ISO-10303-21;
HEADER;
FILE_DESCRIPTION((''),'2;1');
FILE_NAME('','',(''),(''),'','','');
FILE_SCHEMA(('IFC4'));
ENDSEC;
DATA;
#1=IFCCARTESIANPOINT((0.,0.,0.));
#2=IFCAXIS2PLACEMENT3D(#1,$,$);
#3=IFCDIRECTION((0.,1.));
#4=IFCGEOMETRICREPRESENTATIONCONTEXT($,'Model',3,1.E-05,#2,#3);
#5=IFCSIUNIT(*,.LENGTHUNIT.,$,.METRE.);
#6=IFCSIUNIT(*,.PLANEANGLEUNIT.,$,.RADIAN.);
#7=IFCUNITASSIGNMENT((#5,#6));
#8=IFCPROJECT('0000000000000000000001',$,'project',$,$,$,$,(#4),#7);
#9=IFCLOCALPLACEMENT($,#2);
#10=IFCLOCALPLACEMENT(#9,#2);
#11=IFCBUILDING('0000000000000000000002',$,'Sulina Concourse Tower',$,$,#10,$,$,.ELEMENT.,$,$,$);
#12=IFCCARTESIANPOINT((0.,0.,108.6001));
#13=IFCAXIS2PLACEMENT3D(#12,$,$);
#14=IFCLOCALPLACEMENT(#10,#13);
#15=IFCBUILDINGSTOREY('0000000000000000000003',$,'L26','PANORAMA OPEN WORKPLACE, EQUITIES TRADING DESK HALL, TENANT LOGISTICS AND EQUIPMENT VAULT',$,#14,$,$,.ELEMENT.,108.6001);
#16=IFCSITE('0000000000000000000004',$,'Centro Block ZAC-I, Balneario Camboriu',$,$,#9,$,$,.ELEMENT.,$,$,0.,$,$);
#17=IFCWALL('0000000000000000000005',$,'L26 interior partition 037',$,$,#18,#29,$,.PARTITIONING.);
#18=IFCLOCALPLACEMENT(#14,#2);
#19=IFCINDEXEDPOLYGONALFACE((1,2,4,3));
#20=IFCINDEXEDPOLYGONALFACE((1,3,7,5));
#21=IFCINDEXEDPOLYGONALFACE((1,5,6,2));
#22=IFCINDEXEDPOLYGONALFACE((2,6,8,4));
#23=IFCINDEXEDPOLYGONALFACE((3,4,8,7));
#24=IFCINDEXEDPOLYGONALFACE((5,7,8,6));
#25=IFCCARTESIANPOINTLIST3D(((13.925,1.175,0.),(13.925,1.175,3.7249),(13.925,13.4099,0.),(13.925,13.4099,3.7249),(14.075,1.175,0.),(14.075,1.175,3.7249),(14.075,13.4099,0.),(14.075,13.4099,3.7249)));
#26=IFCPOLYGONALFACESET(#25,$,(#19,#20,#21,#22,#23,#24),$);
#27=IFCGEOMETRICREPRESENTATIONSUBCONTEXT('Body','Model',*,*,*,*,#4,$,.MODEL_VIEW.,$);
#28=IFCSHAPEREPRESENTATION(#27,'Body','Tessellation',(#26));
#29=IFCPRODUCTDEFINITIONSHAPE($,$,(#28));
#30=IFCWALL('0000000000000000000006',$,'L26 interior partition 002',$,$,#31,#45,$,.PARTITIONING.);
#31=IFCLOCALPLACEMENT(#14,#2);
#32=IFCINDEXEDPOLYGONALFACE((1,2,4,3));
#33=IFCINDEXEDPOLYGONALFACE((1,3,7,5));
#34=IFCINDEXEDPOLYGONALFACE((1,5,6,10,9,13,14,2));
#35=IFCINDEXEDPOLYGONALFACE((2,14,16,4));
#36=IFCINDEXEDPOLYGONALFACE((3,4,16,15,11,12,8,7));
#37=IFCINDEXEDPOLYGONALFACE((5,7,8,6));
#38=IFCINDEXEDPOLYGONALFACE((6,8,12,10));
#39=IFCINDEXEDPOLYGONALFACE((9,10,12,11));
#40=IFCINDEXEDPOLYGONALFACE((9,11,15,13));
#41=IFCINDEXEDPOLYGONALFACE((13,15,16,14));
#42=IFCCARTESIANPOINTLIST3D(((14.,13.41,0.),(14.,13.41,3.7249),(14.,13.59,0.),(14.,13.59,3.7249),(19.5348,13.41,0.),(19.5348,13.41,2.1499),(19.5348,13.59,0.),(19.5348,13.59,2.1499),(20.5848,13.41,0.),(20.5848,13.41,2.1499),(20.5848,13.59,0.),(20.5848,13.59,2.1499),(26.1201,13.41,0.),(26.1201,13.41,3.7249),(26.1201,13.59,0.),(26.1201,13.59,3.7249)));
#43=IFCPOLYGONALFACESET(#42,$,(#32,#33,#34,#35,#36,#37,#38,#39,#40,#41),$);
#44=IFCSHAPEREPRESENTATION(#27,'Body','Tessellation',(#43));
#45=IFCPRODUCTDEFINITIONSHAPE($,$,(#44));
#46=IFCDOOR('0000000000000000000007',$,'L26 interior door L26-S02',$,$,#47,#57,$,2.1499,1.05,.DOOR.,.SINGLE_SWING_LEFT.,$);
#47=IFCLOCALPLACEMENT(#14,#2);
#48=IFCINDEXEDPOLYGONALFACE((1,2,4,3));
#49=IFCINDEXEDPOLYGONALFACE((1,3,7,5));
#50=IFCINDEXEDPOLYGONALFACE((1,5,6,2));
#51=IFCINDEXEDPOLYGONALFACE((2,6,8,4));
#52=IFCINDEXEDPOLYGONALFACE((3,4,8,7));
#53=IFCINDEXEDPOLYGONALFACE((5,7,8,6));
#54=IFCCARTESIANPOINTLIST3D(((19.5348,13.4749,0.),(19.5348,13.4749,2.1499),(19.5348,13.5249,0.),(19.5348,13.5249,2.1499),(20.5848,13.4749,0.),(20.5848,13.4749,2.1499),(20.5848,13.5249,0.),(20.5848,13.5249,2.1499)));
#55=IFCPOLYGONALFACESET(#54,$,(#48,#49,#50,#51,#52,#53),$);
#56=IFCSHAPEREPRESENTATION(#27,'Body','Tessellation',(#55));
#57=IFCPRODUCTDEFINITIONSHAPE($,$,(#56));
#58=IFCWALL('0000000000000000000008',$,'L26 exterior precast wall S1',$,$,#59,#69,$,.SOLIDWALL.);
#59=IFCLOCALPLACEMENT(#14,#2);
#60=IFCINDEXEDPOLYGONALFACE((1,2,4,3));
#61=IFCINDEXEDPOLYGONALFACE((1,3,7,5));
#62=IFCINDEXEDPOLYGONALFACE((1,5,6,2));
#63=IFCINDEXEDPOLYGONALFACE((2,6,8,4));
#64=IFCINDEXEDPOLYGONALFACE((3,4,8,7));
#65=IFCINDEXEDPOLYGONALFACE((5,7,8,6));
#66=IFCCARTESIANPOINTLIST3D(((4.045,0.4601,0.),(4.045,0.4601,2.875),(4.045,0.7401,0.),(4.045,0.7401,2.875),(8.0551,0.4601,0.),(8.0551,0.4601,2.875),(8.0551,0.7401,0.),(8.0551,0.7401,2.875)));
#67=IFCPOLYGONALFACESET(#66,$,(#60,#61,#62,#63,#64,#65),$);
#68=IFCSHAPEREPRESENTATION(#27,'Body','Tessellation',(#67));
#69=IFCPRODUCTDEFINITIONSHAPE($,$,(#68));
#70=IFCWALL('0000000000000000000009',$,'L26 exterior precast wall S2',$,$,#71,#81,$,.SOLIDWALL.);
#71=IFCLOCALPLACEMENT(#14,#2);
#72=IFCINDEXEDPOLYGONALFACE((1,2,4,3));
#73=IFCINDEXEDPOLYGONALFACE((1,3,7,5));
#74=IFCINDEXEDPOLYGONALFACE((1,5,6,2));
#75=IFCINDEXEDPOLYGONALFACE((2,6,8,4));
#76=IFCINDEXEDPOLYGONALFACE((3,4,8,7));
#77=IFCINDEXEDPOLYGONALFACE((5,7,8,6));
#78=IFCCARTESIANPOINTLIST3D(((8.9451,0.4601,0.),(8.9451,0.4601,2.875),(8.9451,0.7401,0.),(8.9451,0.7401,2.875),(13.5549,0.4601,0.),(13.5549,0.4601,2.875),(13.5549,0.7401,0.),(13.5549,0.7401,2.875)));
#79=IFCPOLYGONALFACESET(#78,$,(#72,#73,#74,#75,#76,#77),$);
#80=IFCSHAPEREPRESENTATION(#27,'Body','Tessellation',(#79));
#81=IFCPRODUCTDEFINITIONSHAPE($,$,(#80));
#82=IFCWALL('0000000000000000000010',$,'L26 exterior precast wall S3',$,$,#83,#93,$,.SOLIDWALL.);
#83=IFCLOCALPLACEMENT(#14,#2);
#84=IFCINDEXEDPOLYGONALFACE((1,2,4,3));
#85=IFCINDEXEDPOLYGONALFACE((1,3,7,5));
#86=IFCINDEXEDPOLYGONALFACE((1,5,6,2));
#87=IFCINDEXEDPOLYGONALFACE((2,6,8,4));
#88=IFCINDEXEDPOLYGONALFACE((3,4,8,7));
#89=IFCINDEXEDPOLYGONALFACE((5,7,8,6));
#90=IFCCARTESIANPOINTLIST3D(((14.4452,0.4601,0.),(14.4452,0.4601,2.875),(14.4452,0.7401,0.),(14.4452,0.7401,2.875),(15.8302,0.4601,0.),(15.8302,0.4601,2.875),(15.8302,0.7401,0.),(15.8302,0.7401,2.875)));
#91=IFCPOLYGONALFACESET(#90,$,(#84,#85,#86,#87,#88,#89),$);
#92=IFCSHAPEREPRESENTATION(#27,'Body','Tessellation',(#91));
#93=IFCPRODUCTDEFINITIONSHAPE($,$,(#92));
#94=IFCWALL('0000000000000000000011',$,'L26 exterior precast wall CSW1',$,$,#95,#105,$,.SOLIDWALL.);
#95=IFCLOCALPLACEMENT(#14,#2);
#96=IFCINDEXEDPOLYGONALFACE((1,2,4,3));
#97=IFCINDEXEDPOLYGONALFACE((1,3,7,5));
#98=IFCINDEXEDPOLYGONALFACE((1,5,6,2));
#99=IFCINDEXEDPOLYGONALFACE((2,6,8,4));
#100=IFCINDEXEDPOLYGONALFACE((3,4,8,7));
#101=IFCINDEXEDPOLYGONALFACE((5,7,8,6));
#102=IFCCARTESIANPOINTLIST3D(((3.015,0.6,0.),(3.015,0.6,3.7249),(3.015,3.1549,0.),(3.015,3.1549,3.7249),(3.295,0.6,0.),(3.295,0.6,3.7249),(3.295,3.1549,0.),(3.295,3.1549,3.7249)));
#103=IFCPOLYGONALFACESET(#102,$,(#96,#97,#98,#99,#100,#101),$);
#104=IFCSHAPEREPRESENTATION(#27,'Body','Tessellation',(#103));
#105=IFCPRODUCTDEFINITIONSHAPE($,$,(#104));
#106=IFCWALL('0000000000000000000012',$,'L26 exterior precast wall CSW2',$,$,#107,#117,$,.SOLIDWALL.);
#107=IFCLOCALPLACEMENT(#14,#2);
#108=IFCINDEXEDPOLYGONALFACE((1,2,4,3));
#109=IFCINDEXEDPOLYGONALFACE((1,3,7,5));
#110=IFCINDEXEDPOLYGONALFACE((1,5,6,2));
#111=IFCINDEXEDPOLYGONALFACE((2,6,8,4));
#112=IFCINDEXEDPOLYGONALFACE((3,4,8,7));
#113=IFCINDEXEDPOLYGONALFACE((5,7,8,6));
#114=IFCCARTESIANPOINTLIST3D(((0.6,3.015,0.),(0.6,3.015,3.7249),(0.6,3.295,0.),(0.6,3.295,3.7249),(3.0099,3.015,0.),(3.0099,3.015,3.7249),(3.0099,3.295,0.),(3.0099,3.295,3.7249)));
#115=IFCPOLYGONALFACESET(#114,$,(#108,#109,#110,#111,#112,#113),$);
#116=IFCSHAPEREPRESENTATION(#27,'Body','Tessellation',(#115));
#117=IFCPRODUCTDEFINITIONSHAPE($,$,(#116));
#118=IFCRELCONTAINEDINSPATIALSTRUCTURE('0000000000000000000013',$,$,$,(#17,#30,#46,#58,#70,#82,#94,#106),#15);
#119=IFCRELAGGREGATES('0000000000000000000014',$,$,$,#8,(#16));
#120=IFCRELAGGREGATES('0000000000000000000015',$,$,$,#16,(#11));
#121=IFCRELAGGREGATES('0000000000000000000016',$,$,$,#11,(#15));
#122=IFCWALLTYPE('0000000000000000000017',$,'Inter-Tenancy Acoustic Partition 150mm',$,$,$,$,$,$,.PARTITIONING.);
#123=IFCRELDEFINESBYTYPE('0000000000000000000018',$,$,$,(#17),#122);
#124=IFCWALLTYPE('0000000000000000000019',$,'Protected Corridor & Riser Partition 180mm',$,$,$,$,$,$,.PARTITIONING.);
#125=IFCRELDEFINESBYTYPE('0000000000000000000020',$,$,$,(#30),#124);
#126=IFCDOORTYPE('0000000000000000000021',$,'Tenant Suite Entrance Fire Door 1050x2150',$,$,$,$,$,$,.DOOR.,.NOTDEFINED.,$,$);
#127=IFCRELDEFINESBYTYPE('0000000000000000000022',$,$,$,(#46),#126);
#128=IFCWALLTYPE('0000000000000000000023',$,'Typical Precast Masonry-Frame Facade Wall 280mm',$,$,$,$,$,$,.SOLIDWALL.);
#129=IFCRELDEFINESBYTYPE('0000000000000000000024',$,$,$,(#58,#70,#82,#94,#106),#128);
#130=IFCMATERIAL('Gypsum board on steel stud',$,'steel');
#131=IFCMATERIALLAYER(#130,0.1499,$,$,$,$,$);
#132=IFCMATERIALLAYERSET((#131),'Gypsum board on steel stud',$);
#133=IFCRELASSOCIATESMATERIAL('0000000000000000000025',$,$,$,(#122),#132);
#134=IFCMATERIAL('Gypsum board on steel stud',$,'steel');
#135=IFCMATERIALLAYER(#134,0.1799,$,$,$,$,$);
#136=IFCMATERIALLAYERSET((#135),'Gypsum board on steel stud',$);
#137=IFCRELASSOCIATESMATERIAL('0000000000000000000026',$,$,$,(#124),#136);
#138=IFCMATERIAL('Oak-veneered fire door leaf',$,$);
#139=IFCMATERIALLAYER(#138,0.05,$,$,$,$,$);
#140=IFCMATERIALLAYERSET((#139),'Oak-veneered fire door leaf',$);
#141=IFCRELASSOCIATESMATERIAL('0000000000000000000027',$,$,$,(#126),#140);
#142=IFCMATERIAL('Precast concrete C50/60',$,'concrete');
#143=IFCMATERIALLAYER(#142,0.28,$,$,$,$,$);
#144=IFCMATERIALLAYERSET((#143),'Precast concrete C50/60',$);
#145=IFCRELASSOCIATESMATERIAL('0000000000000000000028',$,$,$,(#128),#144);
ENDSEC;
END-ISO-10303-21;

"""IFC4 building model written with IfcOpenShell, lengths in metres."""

from ifc_helpers import new_model, si_unit, direction, frame, frame_2d, origin, place, context, subcontext, project, spatial, rectangle, extrude, material, layer, layer_set, type_object, element, fill, save


model = new_model("IFC4")

# Units and contexts
model_context = context("Model", 3, precision=1e-05, world=origin(), true_north=direction((0.0, 1.0)))
body_context = subcontext(model_context, "Body", "Model", "MODEL_VIEW")
ifc_project = project(units=[si_unit("LENGTHUNIT", "METRE"), si_unit("PLANEANGLEUNIT", "RADIAN")], contexts=[model_context])

# Site, building, storey
site_placement = place(None, origin())
site = spatial("IfcSite", under=ifc_project, at=site_placement, Name="Centro Block ZAC-I, Balneario Camboriu", CompositionType="ELEMENT", RefElevation=0.0)
building_placement = place(site_placement, origin())
building = spatial("IfcBuilding", under=site, at=building_placement, Name="Sulina Concourse Tower", CompositionType="ELEMENT")
storey_placement = place(building_placement, frame((0.0, 0.0, 108.6001)))
storey = spatial("IfcBuildingStorey", under=building, at=storey_placement, Name="L26", Description="PANORAMA OPEN WORKPLACE, EQUITIES TRADING DESK HALL, TENANT LOGISTICS AND EQUIPMENT VAULT", CompositionType="ELEMENT", Elevation=108.6001)

# Wall
ifc_material_1 = material(Name="Gypsum board on steel stud", Category="steel")
ifc_layer_1 = layer(ifc_material_1, 0.1499)
ifc_layer_set_1 = layer_set([ifc_layer_1], Name="Gypsum board on steel stud")
wall_type_1 = type_object("IfcWallType", Name="Inter-Tenancy Acoustic Partition 150mm", PredefinedType="PARTITIONING", material=ifc_layer_set_1)
wall_1_placement = place(storey_placement, frame((14.0, 1.175, 0.0), z_axis=(0.0, 0.0, 1.0), x_axis=(0.0, 1.0, 0.0)))
element("IfcWall", 1, at=wall_1_placement, inside=storey, type_object=wall_type_1, Name="L26 interior partition 037", PredefinedType="PARTITIONING", context=body_context, shape_type="SweptSolid", body=[
    extrude(rectangle(XDim=12.2349, YDim=0.1499, at=frame_2d((6.1174, 0.0))), origin(), (0.0, 0.0, 1.0), 3.7249),
])

# Wall, opening, door
ifc_material_2 = material(Name="Gypsum board on steel stud", Category="steel")
ifc_layer_2 = layer(ifc_material_2, 0.1799)
ifc_layer_set_2 = layer_set([ifc_layer_2], Name="Gypsum board on steel stud")
wall_type_2 = type_object("IfcWallType", Name="Protected Corridor & Riser Partition 180mm", PredefinedType="PARTITIONING", material=ifc_layer_set_2)
wall_2_placement = place(storey_placement, frame((14.0, 13.5, 0.0), z_axis=(0.0, 0.0, 1.0), x_axis=(1.0, 0.0, 0.0)))
wall_2 = element("IfcWall", 2, at=wall_2_placement, inside=storey, type_object=wall_type_2, Name="L26 interior partition 002", PredefinedType="PARTITIONING", context=body_context, shape_type="SweptSolid", body=[
    extrude(rectangle(XDim=12.1201, YDim=0.1799, at=frame_2d((6.0601, 0.0))), origin(), (0.0, 0.0, 1.0), 3.7249),
])
opening_placement = place(wall_2_placement, frame((5.5349, 0.0, 0.0)))
opening = element("IfcOpeningElement", 3, at=opening_placement, cuts=wall_2, PredefinedType="OPENING", context=body_context, shape_type="SweptSolid", body=[
    extrude(rectangle(XDim=1.05, YDim=2.1499, at=frame_2d((0.5249, 1.075))), frame((0.0, 0.0999, 0.0), z_axis=(0.0, -1.0, 0.0), x_axis=(1.0, 0.0, 0.0)), (0.0, 0.0, 1.0), 0.2),
])
ifc_material_3 = material(Name="Oak-veneered fire door leaf")
ifc_layer_3 = layer(ifc_material_3, 0.05)
ifc_layer_set_3 = layer_set([ifc_layer_3], Name="Oak-veneered fire door leaf")
door_type = type_object("IfcDoorType", Name="Tenant Suite Entrance Fire Door 1050x2150", OperationType="NOTDEFINED", PredefinedType="DOOR", material=ifc_layer_set_3)
door_placement = place(opening_placement, origin())
door = element("IfcDoor", 4, at=door_placement, inside=storey, type_object=door_type, Name="L26 interior door L26-S02", OperationType="SINGLE_SWING_LEFT", OverallHeight=2.1499, OverallWidth=1.05, PredefinedType="DOOR", context=body_context, shape_type="SweptSolid", body=[
    extrude(rectangle(XDim=1.05, YDim=2.1499, at=frame_2d((0.5249, 1.075))), frame((0.0, 0.0249, 0.0), z_axis=(0.0, -1.0, 0.0), x_axis=(1.0, 0.0, 0.0)), (0.0, 0.0, 1.0), 0.05),
])
fill(opening, door)

# Walls
ifc_material_4 = material(Name="Precast concrete C50/60", Category="concrete")
ifc_layer_4 = layer(ifc_material_4, 0.28)
ifc_layer_set_4 = layer_set([ifc_layer_4], Name="Precast concrete C50/60")
wall_type_3 = type_object("IfcWallType", Name="Typical Precast Masonry-Frame Facade Wall 280mm", PredefinedType="SOLIDWALL", material=ifc_layer_set_4)
wall_3_placement = place(storey_placement, frame((8.0549, 0.6001, 0.0), z_axis=(0.0, 0.0, 1.0), x_axis=(-1.0, 0.0, 0.0)))
element("IfcWall", 5, at=wall_3_placement, inside=storey, type_object=wall_type_3, Name="L26 exterior precast wall S1", PredefinedType="SOLIDWALL", context=body_context, shape_type="SweptSolid", body=[
    extrude(rectangle(XDim=4.01, YDim=0.28, at=frame_2d((2.0049, 0.0))), origin(), (0.0, 0.0, 1.0), 2.875),
])
wall_4_placement = place(storey_placement, frame((13.5549, 0.6001, 0.0), z_axis=(0.0, 0.0, 1.0), x_axis=(-1.0, 0.0, 0.0)))
element("IfcWall", 6, at=wall_4_placement, inside=storey, type_object=wall_type_3, Name="L26 exterior precast wall S2", PredefinedType="SOLIDWALL", context=body_context, shape_type="SweptSolid", body=[
    extrude(rectangle(XDim=4.6099, YDim=0.28, at=frame_2d((2.3049, 0.0))), origin(), (0.0, 0.0, 1.0), 2.875),
])
wall_5_placement = place(storey_placement, frame((15.8301, 0.6001, 0.0), z_axis=(0.0, 0.0, 1.0), x_axis=(-1.0, 0.0, 0.0)))
element("IfcWall", 7, at=wall_5_placement, inside=storey, type_object=wall_type_3, Name="L26 exterior precast wall S3", PredefinedType="SOLIDWALL", context=body_context, shape_type="SweptSolid", body=[
    extrude(rectangle(XDim=1.385, YDim=0.28, at=frame_2d((0.6924, 0.0))), origin(), (0.0, 0.0, 1.0), 2.875),
])
wall_6_placement = place(storey_placement, frame((3.155, 0.6001, 0.0), z_axis=(0.0, 0.0, 1.0), x_axis=(0.0, 1.0, 0.0)))
element("IfcWall", 8, at=wall_6_placement, inside=storey, type_object=wall_type_3, Name="L26 exterior precast wall CSW1", PredefinedType="SOLIDWALL", context=body_context, shape_type="SweptSolid", body=[
    extrude(rectangle(XDim=2.5549, YDim=0.28, at=frame_2d((1.2773, 0.0))), origin(), (0.0, 0.0, 1.0), 3.7249),
])
wall_7_placement = place(storey_placement, frame((3.01, 3.155, 0.0), z_axis=(0.0, 0.0, 1.0), x_axis=(-1.0, 0.0, 0.0)))
element("IfcWall", 9, at=wall_7_placement, inside=storey, type_object=wall_type_3, Name="L26 exterior precast wall CSW2", PredefinedType="SOLIDWALL", context=body_context, shape_type="SweptSolid", body=[
    extrude(rectangle(XDim=2.4099, YDim=0.28, at=frame_2d((1.2051, 0.0))), origin(), (0.0, 0.0, 1.0), 3.7249),
])

save(model, "model.ifc")
